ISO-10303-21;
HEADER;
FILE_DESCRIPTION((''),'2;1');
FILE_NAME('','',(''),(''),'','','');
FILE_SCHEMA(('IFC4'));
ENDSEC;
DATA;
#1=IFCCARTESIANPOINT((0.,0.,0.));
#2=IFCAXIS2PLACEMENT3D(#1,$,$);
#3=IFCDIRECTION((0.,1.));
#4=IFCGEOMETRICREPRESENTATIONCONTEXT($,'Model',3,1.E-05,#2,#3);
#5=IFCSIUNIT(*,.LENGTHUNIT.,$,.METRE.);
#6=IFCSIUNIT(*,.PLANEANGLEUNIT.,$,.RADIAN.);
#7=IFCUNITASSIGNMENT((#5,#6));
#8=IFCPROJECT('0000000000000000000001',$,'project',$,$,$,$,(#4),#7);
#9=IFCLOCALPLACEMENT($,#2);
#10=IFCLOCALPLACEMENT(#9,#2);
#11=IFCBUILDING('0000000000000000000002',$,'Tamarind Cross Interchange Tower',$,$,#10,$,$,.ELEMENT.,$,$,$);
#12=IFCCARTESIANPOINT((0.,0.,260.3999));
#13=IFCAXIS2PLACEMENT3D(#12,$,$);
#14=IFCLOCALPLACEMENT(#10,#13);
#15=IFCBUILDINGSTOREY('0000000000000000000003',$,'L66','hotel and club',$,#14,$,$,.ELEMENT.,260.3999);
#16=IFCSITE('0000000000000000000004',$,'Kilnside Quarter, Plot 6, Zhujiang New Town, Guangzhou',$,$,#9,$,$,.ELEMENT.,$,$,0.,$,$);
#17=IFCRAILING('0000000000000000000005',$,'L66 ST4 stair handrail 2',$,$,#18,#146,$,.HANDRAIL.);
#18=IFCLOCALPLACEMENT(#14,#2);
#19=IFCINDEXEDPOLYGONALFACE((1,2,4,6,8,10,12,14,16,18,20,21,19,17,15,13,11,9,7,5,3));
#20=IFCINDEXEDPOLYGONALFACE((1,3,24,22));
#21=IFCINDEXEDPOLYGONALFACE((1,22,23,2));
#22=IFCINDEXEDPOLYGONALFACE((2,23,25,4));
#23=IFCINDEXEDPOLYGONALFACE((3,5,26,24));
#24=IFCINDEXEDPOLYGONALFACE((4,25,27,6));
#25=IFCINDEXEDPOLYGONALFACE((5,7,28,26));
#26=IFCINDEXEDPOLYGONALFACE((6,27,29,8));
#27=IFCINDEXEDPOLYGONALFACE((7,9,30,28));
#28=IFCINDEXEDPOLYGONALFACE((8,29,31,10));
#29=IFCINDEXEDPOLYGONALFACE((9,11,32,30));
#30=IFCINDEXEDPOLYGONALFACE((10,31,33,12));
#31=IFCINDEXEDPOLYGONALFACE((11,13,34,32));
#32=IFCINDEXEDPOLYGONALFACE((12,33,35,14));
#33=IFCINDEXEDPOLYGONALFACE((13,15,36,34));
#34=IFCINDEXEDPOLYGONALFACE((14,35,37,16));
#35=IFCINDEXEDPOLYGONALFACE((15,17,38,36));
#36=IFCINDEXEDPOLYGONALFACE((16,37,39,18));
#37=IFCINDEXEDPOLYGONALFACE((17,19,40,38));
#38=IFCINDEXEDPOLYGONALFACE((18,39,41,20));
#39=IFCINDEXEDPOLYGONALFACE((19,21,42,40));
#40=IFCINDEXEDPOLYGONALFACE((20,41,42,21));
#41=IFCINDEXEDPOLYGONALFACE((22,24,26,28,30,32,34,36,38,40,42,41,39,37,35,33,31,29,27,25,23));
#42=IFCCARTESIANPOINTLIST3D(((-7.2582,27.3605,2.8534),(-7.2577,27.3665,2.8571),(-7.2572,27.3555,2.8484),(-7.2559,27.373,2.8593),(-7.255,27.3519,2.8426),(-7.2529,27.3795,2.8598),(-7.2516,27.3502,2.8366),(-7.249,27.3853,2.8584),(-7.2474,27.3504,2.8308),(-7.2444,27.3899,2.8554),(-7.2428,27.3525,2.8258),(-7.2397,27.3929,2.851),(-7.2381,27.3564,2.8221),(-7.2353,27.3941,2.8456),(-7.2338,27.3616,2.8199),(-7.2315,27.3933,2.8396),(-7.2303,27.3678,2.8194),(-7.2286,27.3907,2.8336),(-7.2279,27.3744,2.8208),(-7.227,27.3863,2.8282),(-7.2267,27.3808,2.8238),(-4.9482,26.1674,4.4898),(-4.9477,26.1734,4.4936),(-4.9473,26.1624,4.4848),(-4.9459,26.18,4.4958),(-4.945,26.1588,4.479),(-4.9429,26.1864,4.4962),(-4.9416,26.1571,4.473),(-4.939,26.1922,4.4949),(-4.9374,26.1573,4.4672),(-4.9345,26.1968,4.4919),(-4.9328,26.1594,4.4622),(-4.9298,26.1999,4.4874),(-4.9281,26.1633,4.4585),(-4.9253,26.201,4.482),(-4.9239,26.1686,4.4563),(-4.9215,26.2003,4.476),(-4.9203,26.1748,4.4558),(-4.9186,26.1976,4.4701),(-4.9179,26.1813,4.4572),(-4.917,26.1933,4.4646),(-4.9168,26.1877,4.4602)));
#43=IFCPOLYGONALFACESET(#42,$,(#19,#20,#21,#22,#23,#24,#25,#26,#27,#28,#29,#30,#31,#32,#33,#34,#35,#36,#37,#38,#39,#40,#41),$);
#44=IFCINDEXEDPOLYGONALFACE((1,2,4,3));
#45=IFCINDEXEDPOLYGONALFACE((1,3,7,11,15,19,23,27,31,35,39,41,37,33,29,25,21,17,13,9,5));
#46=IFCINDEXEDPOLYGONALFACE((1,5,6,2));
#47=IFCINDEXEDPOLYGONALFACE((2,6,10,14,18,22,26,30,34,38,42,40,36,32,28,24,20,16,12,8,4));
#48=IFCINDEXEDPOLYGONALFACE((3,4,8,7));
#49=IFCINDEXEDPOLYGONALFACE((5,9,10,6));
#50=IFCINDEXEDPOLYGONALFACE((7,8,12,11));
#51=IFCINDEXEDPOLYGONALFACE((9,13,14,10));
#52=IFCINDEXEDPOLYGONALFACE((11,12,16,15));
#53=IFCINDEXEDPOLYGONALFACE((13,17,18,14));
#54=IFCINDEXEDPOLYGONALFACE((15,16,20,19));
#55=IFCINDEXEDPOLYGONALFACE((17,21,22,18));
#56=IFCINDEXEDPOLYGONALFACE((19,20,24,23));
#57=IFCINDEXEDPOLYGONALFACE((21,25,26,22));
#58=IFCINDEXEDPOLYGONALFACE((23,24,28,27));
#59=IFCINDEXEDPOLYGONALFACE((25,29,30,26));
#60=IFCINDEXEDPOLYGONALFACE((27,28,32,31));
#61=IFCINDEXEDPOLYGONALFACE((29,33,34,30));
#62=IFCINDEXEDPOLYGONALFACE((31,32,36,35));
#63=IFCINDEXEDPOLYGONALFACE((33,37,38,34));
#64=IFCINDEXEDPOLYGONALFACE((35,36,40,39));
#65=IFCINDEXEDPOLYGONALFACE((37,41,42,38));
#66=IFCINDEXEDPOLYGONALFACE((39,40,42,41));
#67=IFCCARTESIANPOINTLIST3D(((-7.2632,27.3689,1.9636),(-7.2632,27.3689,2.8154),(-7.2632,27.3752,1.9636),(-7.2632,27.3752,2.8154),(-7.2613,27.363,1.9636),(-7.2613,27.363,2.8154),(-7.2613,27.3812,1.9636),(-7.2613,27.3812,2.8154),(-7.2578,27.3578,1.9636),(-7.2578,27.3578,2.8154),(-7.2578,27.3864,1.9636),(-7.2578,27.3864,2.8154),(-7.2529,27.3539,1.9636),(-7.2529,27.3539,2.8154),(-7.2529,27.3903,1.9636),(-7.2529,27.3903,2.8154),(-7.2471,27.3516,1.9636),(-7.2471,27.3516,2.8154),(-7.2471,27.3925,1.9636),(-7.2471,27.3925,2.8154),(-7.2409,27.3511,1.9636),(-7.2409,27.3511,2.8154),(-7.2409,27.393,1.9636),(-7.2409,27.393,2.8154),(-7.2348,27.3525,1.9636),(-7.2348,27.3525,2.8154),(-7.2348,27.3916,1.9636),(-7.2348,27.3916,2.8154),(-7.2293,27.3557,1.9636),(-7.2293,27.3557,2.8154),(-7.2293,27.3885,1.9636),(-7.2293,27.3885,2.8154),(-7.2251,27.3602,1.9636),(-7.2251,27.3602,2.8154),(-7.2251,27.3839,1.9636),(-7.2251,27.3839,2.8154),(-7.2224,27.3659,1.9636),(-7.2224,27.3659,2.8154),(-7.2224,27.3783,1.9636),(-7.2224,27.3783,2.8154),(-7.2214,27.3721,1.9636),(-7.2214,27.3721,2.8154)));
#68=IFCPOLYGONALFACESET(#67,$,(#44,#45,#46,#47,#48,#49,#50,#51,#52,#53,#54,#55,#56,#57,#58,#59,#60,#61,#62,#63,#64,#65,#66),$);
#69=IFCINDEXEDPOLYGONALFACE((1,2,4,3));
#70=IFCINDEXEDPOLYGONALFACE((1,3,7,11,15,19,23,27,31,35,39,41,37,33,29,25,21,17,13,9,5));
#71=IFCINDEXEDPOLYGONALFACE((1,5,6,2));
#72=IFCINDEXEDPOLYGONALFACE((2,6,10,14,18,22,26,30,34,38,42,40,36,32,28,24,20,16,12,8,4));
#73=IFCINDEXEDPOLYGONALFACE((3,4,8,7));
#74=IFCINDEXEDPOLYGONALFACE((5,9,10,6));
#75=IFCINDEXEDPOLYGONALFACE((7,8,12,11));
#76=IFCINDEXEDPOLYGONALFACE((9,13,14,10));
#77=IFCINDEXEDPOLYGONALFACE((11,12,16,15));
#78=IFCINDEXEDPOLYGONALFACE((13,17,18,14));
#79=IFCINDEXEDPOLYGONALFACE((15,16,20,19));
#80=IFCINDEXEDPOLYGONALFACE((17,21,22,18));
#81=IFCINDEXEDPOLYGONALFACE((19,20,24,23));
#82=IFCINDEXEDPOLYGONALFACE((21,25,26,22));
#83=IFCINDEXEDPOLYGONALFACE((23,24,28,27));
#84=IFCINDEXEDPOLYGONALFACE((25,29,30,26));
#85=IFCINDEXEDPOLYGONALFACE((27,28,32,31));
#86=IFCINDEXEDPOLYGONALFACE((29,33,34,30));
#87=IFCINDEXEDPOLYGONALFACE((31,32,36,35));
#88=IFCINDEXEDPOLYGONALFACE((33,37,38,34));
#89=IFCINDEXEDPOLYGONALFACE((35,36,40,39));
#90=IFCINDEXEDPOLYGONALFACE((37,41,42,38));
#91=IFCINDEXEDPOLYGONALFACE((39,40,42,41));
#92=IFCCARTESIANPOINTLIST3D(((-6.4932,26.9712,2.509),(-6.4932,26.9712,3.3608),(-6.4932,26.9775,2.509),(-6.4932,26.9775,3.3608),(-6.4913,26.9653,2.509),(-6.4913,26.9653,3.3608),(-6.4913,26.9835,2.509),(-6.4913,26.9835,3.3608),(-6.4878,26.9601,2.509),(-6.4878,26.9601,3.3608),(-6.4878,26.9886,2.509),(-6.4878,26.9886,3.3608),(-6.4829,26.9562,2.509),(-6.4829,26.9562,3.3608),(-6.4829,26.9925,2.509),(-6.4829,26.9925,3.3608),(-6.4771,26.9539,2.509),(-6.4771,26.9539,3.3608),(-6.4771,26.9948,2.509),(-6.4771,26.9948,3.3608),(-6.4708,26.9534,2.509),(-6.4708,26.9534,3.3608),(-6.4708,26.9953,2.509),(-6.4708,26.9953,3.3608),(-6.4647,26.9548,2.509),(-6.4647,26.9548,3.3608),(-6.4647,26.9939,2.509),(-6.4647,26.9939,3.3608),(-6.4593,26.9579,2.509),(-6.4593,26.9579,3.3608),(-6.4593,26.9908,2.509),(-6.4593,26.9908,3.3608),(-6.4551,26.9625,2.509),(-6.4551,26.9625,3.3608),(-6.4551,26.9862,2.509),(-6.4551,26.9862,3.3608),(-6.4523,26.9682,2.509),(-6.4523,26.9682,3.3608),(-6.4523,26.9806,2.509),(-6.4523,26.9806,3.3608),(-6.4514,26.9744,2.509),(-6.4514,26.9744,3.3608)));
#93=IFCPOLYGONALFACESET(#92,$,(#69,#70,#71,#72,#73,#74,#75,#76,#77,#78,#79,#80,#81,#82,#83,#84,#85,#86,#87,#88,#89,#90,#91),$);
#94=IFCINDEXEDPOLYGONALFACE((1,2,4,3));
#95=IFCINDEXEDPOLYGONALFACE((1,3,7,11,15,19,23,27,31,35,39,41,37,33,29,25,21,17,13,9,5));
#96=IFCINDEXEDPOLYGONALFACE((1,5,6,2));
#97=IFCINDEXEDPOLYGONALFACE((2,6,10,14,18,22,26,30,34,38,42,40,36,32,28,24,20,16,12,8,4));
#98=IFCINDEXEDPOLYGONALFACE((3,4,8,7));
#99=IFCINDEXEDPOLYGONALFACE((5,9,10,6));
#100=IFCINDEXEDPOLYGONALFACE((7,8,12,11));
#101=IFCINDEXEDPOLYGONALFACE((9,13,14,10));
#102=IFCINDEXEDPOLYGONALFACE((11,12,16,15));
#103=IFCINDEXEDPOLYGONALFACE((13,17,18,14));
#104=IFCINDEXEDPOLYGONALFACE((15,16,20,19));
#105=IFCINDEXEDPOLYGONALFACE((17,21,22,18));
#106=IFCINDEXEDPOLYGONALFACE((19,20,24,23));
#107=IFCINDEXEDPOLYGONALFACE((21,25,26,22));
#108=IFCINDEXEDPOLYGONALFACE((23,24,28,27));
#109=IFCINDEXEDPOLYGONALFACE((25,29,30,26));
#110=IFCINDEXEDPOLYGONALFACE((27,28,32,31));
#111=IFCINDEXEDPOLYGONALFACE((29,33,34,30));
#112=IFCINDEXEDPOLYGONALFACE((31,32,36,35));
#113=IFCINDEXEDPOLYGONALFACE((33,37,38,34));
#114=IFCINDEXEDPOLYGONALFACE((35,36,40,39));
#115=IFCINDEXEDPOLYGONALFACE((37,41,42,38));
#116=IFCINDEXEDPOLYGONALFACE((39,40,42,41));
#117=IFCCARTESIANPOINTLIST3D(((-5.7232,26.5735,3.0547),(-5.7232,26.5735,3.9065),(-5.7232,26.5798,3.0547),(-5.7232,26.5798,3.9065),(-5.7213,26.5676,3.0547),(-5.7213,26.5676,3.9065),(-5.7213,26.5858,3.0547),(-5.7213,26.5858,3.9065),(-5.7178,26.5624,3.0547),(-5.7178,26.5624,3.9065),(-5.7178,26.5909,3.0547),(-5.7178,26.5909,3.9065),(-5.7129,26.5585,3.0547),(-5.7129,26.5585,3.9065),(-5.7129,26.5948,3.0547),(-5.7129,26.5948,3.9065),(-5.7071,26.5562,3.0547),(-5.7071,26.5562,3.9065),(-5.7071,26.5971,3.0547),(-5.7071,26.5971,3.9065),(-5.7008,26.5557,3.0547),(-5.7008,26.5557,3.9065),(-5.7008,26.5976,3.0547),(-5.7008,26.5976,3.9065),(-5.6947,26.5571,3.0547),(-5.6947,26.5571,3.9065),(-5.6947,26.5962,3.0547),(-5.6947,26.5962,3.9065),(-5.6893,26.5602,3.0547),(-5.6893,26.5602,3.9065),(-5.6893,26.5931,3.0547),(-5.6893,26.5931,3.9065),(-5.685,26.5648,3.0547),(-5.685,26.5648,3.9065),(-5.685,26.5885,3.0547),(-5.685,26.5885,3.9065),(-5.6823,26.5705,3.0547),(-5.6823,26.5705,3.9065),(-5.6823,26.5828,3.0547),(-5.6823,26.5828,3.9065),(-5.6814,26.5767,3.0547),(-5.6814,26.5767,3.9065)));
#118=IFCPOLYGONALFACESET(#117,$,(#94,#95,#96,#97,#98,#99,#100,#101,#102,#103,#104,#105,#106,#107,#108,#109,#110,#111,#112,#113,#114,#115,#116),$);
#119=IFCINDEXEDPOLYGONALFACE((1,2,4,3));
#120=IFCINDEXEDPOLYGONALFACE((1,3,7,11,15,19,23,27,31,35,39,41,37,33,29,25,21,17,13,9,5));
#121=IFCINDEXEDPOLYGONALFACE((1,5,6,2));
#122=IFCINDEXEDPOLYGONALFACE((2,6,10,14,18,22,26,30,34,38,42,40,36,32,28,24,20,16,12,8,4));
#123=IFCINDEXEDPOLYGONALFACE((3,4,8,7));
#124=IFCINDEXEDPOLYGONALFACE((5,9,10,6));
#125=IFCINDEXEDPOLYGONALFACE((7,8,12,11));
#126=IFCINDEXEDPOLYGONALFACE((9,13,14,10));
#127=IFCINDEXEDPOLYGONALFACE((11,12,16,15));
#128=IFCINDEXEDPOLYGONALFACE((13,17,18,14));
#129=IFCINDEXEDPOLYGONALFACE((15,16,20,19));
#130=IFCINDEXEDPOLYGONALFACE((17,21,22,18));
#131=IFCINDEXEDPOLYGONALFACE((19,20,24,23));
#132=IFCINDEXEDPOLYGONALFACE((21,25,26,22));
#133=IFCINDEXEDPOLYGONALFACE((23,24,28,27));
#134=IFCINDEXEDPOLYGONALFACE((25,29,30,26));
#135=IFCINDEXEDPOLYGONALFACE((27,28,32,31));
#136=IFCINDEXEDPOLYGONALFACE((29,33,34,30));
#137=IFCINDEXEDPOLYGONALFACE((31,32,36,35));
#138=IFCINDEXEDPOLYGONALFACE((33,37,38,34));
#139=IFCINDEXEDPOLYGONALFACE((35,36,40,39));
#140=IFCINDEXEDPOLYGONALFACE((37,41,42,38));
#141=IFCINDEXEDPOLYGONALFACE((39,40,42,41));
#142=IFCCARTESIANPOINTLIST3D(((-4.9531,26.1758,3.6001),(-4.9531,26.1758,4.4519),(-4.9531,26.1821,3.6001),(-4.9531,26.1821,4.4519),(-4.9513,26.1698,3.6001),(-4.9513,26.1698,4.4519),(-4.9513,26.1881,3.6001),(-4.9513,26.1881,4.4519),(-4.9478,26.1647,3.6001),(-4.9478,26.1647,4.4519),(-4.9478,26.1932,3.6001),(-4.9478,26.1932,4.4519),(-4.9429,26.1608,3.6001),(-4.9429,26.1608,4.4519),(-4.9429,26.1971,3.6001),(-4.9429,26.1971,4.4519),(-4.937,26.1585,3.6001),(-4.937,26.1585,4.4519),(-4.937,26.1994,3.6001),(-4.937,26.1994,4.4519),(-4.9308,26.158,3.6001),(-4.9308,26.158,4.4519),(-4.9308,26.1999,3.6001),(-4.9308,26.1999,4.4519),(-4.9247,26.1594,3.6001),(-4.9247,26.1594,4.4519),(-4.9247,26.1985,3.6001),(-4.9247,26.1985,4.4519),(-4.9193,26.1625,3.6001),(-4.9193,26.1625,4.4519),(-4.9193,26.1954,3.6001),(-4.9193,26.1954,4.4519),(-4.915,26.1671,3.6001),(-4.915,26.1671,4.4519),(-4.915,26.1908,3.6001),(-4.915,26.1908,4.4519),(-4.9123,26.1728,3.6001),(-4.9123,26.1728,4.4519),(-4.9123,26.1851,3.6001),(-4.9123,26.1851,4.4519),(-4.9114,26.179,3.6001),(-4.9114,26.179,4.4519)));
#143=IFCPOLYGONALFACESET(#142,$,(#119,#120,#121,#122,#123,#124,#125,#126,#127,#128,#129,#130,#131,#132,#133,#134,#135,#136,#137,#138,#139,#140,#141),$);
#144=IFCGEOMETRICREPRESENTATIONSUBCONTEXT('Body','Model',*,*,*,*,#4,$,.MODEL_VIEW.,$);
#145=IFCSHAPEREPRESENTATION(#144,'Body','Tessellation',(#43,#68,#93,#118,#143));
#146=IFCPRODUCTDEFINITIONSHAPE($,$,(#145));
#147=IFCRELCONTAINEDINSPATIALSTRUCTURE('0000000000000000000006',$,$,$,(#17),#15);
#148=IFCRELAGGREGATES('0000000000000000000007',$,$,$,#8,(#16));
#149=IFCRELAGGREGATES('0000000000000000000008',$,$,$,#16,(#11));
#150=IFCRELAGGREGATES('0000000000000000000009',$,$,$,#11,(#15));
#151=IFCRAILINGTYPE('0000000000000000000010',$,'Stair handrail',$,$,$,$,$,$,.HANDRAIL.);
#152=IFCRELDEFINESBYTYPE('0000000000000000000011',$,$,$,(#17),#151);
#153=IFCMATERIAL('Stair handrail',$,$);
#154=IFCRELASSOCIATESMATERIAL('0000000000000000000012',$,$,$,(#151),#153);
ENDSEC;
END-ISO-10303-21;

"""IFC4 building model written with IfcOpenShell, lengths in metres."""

from ifc_helpers import new_model, si_unit, direction, frame, origin, origin_2d, place, context, subcontext, project, spatial, circle, extrude, material, type_object, element, save


model = new_model("IFC4")

# Units and contexts
model_context = context("Model", 3, precision=1e-05, world=origin(), true_north=direction((0.0, 1.0)))
body_context = subcontext(model_context, "Body", "Model", "MODEL_VIEW")
ifc_project = project(units=[si_unit("LENGTHUNIT", "METRE"), si_unit("PLANEANGLEUNIT", "RADIAN")], contexts=[model_context])

# Site, building, storey
site_placement = place(None, origin())
site = spatial("IfcSite", under=ifc_project, at=site_placement, Name="Kilnside Quarter, Plot 6, Zhujiang New Town, Guangzhou", CompositionType="ELEMENT", RefElevation=0.0)
building_placement = place(site_placement, origin())
building = spatial("IfcBuilding", under=site, at=building_placement, Name="Tamarind Cross Interchange Tower", CompositionType="ELEMENT")
storey_placement = place(building_placement, frame((0.0, 0.0, 260.3999)))
storey = spatial("IfcBuildingStorey", under=building, at=storey_placement, Name="L66", Description="hotel and club", CompositionType="ELEMENT", Elevation=260.3999)

# Railing
ifc_material_1 = material(Name="Stair handrail")
railing_type_1 = type_object("IfcRailingType", Name="Stair handrail", PredefinedType="HANDRAIL", material=ifc_material_1)
railing_1_placement = place(storey_placement, frame((-7.2424, 27.3721, 1.9636)))
element("IfcRailing", 1, at=railing_1_placement, inside=storey, type_object=railing_type_1, Name="L66 ST4 stair handrail 2", PredefinedType="HANDRAIL", context=body_context, shape_type="SweptSolid", body=[
    extrude(circle(Radius=0.0239, at=origin_2d()), frame((0.0, 0.0, 0.876), z_axis=(0.751942, -0.388368, 0.532685), x_axis=(0.458894, 0.888491, 0.0)), (0.0, 0.0, 1.0), 3.072),
    extrude(circle(Radius=0.021, at=origin_2d()), origin(), (0.0, 0.0, 1.0), 0.8518),
    extrude(circle(Radius=0.021, at=origin_2d()), frame((0.77, -0.3977, 0.5454)), (0.0, 0.0, 1.0), 0.8518),
    extrude(circle(Radius=0.021, at=origin_2d()), frame((1.54, -0.7954, 1.0911)), (0.0, 0.0, 1.0), 0.8518),
    extrude(circle(Radius=0.021, at=origin_2d()), frame((2.3101, -1.1931, 1.6365)), (0.0, 0.0, 1.0), 0.8518),
])

save(model, "model.ifc")
